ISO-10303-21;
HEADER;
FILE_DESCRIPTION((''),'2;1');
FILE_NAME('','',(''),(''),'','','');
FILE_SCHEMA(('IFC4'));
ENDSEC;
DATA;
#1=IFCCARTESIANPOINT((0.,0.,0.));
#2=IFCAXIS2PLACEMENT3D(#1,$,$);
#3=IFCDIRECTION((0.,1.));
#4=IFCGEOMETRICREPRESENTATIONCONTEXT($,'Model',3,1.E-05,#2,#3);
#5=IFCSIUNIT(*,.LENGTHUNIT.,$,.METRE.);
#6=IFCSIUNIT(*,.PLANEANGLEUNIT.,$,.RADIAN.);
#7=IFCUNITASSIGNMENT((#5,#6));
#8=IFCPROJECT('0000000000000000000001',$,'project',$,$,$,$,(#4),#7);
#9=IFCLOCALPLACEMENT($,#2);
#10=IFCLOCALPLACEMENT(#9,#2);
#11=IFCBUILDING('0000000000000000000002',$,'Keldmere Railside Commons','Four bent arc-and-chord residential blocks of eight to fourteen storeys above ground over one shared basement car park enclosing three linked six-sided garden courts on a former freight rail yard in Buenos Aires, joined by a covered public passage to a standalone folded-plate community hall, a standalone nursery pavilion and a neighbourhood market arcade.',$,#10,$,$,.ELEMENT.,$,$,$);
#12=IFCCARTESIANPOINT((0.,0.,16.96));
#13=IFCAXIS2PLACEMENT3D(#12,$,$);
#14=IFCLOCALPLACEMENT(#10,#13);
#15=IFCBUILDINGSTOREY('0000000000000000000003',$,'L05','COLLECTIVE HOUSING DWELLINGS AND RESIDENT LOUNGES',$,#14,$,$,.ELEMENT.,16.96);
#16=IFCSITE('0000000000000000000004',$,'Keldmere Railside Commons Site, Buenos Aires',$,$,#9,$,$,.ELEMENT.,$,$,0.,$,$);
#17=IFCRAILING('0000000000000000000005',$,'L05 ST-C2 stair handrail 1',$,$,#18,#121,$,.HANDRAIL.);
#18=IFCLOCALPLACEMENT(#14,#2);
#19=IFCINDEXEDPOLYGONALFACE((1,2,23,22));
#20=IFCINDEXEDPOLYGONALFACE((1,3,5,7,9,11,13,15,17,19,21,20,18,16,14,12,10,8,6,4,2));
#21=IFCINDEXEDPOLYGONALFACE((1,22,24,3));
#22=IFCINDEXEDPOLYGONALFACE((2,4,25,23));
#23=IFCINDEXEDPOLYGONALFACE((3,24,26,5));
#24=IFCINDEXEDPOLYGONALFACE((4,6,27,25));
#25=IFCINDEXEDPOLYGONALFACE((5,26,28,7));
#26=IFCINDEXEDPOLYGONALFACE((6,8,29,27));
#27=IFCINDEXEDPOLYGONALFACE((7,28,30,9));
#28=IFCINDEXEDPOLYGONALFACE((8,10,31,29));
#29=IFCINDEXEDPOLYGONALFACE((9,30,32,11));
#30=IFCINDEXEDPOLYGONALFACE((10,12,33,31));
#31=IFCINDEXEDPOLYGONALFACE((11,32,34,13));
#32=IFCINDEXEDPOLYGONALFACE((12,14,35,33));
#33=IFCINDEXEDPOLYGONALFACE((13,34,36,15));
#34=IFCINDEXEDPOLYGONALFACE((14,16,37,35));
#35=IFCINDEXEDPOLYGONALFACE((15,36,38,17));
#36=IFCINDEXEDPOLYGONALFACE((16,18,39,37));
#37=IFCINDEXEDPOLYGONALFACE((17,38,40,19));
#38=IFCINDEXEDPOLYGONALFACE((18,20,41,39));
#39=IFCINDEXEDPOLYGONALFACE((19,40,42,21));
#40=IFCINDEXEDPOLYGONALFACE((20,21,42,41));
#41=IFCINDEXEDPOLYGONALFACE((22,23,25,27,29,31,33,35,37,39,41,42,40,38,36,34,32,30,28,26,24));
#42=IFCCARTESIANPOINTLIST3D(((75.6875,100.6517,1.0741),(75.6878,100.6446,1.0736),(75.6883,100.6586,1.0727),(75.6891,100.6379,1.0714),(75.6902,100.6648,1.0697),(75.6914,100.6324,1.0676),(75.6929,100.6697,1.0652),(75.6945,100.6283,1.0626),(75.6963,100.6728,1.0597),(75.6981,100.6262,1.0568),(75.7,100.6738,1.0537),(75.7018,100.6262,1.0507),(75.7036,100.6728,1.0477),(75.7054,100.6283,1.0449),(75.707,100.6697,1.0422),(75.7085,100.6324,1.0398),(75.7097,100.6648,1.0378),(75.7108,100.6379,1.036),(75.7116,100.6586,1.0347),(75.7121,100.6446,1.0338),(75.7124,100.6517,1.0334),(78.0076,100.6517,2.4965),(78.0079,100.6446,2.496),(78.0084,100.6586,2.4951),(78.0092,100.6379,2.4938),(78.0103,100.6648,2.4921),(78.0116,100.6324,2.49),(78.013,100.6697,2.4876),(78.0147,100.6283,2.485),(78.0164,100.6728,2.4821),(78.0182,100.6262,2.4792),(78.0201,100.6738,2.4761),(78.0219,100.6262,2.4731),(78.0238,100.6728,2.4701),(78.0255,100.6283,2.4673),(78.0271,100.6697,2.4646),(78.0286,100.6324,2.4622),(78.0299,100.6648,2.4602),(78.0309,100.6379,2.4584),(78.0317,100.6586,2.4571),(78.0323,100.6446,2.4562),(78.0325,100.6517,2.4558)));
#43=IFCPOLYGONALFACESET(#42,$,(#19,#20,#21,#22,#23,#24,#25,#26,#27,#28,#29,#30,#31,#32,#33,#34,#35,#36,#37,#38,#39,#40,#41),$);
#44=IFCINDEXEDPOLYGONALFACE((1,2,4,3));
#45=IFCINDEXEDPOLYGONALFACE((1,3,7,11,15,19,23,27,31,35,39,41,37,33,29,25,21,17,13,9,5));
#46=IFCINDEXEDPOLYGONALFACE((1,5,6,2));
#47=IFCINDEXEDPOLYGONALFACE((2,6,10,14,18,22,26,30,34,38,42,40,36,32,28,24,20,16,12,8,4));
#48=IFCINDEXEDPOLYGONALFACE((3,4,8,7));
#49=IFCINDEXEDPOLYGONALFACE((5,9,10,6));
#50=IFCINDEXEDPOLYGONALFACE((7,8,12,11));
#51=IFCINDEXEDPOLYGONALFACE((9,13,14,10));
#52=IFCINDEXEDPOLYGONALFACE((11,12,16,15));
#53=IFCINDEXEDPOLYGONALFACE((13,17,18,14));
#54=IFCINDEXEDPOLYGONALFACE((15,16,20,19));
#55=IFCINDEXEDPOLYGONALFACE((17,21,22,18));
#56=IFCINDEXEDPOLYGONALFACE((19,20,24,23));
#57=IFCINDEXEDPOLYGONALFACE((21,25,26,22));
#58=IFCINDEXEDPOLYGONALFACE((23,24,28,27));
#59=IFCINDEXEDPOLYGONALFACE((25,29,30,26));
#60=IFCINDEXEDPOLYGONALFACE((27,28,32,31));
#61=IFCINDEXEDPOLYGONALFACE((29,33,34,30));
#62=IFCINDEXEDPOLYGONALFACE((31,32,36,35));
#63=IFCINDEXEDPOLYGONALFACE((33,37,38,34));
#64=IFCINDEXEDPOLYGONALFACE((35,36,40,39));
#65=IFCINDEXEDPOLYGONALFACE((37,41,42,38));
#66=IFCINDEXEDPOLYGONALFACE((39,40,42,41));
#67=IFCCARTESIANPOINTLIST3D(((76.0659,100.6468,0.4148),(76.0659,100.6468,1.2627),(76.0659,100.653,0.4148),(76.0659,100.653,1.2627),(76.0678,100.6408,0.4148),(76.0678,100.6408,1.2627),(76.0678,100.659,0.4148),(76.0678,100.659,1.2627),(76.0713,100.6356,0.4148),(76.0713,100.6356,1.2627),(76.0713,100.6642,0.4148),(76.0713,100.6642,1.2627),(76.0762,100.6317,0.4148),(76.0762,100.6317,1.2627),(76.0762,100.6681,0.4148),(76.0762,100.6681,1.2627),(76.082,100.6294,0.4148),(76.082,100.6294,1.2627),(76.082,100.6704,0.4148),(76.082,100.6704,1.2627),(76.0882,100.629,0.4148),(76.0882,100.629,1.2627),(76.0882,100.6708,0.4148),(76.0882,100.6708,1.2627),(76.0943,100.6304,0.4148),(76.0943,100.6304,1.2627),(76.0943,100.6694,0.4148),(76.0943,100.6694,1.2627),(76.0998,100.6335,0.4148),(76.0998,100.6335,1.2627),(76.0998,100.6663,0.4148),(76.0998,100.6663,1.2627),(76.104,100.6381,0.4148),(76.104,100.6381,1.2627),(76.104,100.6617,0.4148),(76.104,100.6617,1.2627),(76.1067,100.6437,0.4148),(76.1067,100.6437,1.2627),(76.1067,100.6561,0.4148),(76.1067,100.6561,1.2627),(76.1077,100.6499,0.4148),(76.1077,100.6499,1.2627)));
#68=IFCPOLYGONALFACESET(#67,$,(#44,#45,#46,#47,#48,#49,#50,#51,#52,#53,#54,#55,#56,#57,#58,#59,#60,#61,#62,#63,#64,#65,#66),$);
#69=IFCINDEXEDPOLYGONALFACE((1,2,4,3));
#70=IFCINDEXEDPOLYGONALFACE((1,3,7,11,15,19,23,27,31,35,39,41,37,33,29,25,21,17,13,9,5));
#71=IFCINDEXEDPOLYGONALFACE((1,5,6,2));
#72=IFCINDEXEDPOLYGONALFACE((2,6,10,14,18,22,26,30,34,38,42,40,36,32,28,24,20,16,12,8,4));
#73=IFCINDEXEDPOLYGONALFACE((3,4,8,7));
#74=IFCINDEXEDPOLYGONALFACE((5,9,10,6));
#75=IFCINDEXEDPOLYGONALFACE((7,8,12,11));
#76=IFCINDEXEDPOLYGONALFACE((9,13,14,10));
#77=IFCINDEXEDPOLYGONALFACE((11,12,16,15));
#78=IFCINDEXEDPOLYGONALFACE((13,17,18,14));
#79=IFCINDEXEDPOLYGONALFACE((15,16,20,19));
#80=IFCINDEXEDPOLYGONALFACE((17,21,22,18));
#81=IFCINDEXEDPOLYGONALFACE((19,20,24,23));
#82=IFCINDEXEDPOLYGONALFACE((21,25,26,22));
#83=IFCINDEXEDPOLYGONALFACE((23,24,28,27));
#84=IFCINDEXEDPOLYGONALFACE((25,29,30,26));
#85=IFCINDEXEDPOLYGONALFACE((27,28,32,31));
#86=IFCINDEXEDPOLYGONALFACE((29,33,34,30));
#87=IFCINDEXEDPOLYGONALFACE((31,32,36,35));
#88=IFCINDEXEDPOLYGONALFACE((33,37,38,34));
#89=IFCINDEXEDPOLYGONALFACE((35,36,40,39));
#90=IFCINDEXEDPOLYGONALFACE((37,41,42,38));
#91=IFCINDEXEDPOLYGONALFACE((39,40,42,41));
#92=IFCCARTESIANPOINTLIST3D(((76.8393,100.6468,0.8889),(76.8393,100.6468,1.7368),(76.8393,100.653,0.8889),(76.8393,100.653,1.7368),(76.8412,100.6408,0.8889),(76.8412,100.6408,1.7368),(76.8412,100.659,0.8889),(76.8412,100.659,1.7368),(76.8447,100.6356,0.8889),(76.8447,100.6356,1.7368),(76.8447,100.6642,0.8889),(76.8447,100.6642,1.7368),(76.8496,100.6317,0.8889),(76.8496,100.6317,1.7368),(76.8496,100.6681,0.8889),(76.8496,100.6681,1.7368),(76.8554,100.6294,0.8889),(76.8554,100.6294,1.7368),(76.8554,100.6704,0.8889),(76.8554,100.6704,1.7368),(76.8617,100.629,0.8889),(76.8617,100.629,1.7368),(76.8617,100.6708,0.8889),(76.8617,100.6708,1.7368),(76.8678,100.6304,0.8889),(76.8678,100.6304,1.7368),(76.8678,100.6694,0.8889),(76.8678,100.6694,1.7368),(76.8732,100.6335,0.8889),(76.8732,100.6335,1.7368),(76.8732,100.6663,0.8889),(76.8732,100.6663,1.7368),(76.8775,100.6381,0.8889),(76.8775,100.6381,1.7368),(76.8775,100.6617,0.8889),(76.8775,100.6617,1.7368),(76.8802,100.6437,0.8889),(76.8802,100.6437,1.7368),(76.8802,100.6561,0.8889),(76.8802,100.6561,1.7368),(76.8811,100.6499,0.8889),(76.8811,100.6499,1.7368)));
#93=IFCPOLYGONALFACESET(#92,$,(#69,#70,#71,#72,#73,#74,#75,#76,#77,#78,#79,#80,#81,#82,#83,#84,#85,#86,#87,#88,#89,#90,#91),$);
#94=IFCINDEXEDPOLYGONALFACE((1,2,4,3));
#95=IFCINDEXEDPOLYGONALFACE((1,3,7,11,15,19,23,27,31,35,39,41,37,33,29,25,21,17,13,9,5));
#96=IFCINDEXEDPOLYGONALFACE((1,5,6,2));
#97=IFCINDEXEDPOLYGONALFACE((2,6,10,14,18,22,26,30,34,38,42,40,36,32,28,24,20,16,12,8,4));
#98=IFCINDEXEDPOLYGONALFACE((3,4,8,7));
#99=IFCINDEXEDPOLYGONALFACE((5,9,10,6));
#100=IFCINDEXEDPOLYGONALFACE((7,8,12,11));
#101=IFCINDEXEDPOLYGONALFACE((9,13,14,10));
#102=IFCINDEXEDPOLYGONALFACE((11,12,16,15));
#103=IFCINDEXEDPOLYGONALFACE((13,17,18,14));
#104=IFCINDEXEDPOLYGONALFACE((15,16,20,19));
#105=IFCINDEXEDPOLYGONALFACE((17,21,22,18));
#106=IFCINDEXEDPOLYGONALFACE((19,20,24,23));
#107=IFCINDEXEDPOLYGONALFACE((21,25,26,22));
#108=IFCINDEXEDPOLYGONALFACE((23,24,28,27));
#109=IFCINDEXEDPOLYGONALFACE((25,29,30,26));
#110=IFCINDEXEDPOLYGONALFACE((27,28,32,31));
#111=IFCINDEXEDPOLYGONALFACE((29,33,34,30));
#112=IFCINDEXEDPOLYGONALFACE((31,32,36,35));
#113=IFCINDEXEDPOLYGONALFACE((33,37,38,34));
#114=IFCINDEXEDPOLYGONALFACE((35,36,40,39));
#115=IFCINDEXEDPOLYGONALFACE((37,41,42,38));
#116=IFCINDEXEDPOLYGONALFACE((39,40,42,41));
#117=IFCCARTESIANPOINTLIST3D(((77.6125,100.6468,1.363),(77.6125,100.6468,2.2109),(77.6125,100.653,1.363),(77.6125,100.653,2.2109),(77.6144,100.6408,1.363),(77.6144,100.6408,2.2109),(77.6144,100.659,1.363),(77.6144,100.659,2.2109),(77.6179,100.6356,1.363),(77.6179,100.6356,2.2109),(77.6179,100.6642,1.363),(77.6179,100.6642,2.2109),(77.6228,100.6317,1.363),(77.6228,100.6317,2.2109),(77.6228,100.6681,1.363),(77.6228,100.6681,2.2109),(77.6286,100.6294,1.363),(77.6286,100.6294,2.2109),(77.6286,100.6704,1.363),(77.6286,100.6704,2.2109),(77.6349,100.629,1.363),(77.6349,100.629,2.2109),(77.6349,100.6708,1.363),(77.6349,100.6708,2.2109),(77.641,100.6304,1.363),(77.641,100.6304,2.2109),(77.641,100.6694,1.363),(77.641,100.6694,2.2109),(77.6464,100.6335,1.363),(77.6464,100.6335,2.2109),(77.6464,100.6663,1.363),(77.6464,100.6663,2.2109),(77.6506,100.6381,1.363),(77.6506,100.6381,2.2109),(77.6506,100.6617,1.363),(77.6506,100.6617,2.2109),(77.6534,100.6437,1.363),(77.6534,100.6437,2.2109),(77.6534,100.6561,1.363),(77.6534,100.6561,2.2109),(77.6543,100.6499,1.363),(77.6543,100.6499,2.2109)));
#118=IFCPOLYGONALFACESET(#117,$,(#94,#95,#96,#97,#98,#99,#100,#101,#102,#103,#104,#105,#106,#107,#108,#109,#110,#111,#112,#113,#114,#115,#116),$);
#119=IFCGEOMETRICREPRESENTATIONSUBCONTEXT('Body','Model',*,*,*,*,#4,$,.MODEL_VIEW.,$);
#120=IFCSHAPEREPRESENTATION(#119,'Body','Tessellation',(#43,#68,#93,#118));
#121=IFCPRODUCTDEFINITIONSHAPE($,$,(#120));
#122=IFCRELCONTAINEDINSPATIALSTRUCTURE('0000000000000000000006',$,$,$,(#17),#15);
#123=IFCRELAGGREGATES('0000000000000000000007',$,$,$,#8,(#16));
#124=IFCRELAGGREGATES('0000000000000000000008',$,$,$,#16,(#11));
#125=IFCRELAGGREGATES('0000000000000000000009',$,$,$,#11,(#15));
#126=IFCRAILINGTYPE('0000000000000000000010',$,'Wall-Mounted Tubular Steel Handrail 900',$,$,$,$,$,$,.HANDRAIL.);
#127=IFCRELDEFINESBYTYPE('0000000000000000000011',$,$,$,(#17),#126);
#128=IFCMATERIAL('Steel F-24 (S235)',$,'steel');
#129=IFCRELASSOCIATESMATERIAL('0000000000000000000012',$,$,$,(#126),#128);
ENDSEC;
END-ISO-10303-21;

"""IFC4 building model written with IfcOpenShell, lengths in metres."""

from ifc_helpers import new_model, si_unit, direction, frame, origin, origin_2d, place, context, subcontext, project, spatial, circle, extrude, material, type_object, element, save


model = new_model("IFC4")

# Units and contexts
model_context = context("Model", 3, precision=1e-05, world=origin(), true_north=direction((0.0, 1.0)))
body_context = subcontext(model_context, "Body", "Model", "MODEL_VIEW")
ifc_project = project(units=[si_unit("LENGTHUNIT", "METRE"), si_unit("PLANEANGLEUNIT", "RADIAN")], contexts=[model_context])

# Site, building, storey
site_placement = place(None, origin())
site = spatial("IfcSite", under=ifc_project, at=site_placement, Name="Keldmere Railside Commons Site, Buenos Aires", CompositionType="ELEMENT", RefElevation=0.0)
building_placement = place(site_placement, origin())
building = spatial("IfcBuilding", under=site, at=building_placement, Name="Keldmere Railside Commons", Description="Four bent arc-and-chord residential blocks of eight to fourteen storeys above ground over one shared basement car park enclosing three linked six-sided garden courts on a former freight rail yard in Buenos Aires, joined by a covered public passage to a standalone folded-plate community hall, a standalone nursery pavilion and a neighbourhood market arcade.", CompositionType="ELEMENT")
storey_placement = place(building_placement, frame((0.0, 0.0, 16.96)))
storey = spatial("IfcBuildingStorey", under=building, at=storey_placement, Name="L05", Description="COLLECTIVE HOUSING DWELLINGS AND RESIDENT LOUNGES", CompositionType="ELEMENT", Elevation=16.96)

# Railing
ifc_material_1 = material(Name="Steel F-24 (S235)", Category="steel")
railing_type_1 = type_object("IfcRailingType", Name="Wall-Mounted Tubular Steel Handrail 900", PredefinedType="HANDRAIL", material=ifc_material_1)
railing_1_placement = place(storey_placement, frame((75.7, 100.6499, 0.1777)))
element("IfcRailing", 1, at=railing_1_placement, inside=storey, type_object=railing_type_1, Name="L05 ST-C2 stair handrail 1", PredefinedType="HANDRAIL", context=body_context, shape_type="SweptSolid", body=[
    extrude(circle(Radius=0.0239, at=origin_2d()), frame((0.0, 0.0, 0.876), z_axis=(0.852538, 0.0, 0.522665), x_axis=(0.0, 1.0, 0.0)), (0.0, 0.0, 1.0), 2.7214),
    extrude(circle(Radius=0.021, at=origin_2d()), frame((0.3867, 0.0, 0.2371)), (0.0, 0.0, 1.0), 0.8479),
    extrude(circle(Radius=0.021, at=origin_2d()), frame((1.1602, 0.0, 0.7112)), (0.0, 0.0, 1.0), 0.8479),
    extrude(circle(Radius=0.021, at=origin_2d()), frame((1.9333, 0.0, 1.1853)), (0.0, 0.0, 1.0), 0.8479),
])

save(model, "model.ifc")
